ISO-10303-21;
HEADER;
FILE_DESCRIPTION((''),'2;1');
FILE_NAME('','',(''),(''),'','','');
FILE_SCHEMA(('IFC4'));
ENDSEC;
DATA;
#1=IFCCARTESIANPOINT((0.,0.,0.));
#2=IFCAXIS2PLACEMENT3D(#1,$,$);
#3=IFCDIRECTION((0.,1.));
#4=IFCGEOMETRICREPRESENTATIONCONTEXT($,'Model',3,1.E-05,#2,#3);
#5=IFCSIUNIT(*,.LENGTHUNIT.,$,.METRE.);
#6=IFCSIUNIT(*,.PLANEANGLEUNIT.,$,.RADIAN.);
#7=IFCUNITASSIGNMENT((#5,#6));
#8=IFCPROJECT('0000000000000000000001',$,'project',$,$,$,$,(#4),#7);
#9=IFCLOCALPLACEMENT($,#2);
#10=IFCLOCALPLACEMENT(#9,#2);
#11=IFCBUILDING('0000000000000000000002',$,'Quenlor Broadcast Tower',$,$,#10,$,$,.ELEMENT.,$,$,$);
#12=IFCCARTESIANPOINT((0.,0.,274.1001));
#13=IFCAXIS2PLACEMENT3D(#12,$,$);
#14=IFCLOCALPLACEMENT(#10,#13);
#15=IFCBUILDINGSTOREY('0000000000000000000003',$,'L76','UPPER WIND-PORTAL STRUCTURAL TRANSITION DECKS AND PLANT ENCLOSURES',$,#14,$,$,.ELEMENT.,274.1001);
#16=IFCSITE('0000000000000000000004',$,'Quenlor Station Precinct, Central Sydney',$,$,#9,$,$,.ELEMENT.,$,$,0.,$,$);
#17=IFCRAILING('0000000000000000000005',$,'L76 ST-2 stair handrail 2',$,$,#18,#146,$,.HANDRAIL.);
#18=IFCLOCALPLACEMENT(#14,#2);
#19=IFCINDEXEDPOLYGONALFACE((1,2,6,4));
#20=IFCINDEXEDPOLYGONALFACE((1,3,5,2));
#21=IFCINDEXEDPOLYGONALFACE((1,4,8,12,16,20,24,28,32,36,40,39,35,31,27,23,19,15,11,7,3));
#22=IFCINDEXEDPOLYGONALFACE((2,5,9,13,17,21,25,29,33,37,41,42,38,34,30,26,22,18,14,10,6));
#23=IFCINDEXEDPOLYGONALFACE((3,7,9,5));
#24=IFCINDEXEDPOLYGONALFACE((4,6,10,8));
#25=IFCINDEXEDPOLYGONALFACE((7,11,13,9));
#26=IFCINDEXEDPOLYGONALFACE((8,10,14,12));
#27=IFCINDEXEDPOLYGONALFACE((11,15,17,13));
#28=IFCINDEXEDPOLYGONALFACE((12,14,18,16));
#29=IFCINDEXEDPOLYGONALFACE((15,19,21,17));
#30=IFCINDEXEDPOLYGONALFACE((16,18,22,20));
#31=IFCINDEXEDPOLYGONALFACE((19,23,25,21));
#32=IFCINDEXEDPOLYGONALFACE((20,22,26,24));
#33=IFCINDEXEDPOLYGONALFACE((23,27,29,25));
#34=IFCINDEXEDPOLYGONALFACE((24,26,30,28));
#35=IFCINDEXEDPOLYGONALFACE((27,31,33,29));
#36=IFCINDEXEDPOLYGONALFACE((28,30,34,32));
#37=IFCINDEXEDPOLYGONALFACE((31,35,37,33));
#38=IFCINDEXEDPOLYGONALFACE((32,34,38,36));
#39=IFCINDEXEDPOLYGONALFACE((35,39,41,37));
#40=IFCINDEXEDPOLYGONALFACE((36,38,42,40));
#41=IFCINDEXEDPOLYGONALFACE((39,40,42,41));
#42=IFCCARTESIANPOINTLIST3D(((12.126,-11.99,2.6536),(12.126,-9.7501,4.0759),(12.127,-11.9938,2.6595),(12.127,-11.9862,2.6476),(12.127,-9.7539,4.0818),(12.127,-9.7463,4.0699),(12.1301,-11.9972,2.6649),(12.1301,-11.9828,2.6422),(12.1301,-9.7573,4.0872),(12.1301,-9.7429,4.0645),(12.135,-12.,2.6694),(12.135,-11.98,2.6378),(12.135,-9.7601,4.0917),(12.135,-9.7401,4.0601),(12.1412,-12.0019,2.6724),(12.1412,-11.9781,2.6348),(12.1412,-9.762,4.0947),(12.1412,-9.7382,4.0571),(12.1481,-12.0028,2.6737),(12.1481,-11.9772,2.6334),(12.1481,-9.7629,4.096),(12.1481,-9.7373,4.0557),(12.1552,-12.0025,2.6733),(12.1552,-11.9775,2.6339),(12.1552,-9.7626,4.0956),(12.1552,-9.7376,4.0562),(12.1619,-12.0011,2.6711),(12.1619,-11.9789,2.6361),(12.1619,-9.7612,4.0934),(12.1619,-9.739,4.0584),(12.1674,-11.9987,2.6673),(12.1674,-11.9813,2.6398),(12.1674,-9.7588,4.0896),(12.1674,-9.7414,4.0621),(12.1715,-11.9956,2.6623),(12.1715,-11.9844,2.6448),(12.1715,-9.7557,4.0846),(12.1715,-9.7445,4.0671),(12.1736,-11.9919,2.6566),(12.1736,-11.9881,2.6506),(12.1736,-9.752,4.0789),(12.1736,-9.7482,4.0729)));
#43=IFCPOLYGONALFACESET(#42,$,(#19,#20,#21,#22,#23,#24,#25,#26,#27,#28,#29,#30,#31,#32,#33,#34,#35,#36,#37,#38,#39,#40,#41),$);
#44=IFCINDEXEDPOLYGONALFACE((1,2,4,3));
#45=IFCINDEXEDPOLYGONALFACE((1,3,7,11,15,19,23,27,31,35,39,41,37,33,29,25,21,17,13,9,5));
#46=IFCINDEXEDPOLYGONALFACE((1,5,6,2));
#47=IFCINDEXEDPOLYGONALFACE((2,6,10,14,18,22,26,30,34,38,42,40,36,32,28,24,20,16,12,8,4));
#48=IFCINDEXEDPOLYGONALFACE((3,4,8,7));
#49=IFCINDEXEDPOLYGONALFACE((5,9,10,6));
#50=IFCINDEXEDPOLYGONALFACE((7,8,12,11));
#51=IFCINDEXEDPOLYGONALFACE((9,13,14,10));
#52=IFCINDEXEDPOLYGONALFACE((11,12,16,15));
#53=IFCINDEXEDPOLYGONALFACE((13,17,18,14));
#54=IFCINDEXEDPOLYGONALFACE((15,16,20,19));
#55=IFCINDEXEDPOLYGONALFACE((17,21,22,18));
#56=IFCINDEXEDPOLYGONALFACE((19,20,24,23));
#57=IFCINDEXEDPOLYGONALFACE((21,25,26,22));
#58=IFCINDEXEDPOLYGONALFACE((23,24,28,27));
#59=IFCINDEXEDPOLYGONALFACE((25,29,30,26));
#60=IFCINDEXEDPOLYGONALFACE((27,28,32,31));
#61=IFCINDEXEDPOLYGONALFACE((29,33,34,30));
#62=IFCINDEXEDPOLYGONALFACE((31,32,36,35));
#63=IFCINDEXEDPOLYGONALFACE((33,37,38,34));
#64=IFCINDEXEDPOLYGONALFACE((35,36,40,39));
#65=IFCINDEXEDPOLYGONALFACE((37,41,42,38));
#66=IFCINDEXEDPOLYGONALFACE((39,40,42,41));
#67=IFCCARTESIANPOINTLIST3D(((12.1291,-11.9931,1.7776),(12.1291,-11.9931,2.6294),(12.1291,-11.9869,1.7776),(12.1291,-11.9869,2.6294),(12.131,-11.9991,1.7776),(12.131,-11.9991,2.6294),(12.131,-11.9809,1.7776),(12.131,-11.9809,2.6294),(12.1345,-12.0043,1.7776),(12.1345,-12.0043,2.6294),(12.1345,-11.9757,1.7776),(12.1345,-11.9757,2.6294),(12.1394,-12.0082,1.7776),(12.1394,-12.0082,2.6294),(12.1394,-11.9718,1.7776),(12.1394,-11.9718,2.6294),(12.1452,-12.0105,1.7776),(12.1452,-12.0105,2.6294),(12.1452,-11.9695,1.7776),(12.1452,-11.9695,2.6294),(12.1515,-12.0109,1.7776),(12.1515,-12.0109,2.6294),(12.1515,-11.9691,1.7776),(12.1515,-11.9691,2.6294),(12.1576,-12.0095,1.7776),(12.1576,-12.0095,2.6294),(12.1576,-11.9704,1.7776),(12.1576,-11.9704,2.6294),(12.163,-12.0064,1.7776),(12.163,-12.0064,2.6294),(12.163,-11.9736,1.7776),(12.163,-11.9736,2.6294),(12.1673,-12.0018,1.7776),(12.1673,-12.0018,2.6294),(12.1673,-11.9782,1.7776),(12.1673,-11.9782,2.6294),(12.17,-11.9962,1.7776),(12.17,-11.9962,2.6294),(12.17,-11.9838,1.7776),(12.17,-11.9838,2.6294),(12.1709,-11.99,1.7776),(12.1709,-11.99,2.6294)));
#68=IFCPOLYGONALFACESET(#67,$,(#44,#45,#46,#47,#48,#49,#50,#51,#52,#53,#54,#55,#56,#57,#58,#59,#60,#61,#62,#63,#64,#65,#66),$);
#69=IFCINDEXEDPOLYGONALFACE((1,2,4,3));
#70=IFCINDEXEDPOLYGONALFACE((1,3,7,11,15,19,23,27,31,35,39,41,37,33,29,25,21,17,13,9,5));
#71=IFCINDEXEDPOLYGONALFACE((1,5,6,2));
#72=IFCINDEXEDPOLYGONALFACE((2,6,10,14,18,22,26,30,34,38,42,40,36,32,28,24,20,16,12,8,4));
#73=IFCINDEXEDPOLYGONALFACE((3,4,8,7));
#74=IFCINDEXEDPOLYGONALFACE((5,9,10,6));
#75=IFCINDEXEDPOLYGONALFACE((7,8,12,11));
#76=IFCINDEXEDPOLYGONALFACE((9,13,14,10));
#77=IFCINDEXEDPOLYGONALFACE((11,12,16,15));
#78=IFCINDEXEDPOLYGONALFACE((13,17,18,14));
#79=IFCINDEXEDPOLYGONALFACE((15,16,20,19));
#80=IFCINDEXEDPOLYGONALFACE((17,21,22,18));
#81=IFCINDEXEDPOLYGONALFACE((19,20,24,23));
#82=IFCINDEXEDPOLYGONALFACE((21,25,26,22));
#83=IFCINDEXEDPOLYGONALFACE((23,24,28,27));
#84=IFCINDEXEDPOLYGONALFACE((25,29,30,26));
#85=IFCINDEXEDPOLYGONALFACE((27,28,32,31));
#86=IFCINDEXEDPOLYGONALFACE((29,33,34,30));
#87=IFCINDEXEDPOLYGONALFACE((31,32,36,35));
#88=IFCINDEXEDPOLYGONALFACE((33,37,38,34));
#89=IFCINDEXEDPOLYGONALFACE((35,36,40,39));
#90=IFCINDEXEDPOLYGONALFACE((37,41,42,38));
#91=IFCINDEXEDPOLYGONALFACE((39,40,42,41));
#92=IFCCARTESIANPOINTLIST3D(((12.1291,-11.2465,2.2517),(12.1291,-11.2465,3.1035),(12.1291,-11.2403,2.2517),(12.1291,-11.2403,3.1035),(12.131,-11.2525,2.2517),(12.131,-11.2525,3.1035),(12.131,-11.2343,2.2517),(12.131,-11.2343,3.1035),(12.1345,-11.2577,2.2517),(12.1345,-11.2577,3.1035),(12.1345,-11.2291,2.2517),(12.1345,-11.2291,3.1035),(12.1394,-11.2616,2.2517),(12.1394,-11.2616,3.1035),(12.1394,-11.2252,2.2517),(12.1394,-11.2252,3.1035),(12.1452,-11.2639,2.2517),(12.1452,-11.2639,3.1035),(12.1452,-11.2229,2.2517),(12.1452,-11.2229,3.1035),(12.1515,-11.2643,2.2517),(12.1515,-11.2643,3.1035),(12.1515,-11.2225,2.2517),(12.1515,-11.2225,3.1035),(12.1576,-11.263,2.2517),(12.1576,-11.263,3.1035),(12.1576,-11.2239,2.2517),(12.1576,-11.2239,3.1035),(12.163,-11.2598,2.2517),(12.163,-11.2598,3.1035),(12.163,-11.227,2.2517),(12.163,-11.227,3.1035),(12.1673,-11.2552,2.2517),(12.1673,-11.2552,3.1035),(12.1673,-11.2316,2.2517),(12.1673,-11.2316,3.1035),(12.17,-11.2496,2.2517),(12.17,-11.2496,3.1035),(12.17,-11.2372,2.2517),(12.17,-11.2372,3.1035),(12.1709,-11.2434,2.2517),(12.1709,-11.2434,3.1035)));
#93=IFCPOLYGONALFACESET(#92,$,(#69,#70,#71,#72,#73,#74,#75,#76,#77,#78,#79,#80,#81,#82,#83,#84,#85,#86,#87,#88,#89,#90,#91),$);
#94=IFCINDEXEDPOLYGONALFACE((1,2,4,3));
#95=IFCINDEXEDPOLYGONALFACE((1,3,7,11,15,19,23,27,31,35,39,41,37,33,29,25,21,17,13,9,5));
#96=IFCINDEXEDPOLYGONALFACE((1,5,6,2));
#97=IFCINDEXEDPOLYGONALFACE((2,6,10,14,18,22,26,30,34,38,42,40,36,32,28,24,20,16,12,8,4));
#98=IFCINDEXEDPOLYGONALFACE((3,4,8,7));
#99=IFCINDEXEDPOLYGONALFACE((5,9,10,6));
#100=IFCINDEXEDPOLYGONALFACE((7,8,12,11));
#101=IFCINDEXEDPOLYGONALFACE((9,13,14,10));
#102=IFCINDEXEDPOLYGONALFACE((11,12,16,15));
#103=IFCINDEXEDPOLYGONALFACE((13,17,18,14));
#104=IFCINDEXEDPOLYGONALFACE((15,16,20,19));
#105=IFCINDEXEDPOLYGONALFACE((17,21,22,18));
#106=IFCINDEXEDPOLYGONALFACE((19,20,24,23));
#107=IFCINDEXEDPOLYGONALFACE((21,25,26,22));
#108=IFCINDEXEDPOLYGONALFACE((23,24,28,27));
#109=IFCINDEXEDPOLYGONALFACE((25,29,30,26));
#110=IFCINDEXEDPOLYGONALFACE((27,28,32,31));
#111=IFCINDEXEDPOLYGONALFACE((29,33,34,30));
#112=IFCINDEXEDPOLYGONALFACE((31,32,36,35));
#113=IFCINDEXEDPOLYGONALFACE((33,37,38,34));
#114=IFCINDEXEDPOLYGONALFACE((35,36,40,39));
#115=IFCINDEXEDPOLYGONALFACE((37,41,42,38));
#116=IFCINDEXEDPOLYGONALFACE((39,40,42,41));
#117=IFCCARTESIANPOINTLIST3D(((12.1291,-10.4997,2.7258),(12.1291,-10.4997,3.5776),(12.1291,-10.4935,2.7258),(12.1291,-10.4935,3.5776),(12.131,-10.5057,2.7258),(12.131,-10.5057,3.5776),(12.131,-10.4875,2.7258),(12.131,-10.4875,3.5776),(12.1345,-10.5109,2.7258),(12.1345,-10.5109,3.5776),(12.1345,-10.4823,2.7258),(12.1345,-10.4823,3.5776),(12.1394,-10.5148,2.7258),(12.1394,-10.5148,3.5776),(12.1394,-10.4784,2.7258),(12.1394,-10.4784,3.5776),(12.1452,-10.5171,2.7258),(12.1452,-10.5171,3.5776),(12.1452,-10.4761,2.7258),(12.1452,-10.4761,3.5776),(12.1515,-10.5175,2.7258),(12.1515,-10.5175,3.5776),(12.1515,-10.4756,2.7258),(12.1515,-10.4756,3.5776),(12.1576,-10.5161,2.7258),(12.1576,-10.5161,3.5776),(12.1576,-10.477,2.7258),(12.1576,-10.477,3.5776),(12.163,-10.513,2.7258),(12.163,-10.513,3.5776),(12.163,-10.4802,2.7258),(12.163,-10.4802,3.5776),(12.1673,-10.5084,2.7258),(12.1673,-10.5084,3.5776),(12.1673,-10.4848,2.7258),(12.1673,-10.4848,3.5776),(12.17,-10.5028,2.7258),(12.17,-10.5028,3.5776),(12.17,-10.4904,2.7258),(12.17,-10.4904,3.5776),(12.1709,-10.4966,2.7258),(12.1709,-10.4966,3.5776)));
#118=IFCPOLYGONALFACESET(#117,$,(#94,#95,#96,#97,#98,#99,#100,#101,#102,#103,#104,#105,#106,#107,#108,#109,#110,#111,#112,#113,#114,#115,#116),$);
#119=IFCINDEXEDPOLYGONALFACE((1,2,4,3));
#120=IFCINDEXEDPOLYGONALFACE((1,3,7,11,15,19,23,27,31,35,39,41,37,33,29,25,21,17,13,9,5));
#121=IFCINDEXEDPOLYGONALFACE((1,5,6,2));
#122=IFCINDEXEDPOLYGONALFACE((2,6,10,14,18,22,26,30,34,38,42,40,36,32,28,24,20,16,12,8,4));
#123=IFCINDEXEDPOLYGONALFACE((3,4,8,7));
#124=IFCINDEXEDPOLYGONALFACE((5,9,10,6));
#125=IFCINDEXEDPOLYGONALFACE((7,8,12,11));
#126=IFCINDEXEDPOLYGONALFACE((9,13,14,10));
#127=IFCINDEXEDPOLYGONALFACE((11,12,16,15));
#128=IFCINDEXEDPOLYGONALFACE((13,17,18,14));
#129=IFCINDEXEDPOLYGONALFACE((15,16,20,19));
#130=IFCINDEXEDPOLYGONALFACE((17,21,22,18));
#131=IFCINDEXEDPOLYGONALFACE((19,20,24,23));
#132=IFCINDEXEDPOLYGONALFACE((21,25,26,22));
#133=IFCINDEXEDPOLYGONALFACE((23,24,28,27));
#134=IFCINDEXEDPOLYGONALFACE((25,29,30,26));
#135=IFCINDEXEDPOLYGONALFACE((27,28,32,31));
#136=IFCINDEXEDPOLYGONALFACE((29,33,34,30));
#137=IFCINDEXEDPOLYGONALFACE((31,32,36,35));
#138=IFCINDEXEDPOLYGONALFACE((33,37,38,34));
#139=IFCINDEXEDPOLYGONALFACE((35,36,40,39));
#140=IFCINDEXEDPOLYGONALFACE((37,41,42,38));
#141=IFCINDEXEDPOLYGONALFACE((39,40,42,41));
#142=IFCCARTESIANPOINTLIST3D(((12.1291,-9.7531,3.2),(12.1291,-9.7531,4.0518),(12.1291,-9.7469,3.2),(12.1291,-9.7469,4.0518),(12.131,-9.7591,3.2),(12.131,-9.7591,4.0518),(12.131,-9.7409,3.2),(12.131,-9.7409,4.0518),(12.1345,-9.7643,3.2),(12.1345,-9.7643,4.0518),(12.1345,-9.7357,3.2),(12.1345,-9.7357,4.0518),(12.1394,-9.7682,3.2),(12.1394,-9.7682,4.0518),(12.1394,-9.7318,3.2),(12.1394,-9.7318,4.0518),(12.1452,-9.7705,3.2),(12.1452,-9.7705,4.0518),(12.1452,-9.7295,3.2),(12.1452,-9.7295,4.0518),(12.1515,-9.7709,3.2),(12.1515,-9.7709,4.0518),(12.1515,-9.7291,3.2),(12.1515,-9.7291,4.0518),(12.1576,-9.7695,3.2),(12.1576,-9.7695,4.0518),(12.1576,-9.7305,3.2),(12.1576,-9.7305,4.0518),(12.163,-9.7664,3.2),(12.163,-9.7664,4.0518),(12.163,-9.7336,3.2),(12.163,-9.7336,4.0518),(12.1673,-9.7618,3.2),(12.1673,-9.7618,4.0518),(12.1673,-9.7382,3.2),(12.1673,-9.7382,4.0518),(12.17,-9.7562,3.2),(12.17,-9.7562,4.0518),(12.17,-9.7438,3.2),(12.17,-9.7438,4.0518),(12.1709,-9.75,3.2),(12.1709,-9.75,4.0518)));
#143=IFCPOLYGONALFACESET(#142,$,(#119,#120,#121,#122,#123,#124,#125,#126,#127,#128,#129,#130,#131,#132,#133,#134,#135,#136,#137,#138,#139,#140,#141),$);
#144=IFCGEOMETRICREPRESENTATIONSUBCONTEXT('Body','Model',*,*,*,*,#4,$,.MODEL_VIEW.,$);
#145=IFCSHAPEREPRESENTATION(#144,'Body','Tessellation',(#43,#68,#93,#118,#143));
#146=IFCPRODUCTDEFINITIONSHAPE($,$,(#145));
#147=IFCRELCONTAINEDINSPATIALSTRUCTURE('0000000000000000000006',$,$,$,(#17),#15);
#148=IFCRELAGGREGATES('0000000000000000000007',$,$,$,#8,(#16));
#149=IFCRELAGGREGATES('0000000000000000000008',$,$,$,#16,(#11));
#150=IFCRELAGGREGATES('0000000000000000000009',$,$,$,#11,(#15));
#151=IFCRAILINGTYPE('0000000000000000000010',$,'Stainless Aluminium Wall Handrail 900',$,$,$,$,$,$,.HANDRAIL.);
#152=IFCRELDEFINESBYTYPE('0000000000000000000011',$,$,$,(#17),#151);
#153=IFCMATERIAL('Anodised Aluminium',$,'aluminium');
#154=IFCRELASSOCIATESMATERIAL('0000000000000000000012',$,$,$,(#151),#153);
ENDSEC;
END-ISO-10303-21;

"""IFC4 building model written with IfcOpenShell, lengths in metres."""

from ifc_helpers import new_model, si_unit, direction, frame, origin, origin_2d, place, context, subcontext, project, spatial, circle, extrude, material, type_object, element, save


model = new_model("IFC4")

# Units and contexts
model_context = context("Model", 3, precision=1e-05, world=origin(), true_north=direction((0.0, 1.0)))
body_context = subcontext(model_context, "Body", "Model", "MODEL_VIEW")
ifc_project = project(units=[si_unit("LENGTHUNIT", "METRE"), si_unit("PLANEANGLEUNIT", "RADIAN")], contexts=[model_context])

# Site, building, storey
site_placement = place(None, origin())
site = spatial("IfcSite", under=ifc_project, at=site_placement, Name="Quenlor Station Precinct, Central Sydney", CompositionType="ELEMENT", RefElevation=0.0)
building_placement = place(site_placement, origin())
building = spatial("IfcBuilding", under=site, at=building_placement, Name="Quenlor Broadcast Tower", CompositionType="ELEMENT")
storey_placement = place(building_placement, frame((0.0, 0.0, 274.1001)))
storey = spatial("IfcBuildingStorey", under=building, at=storey_placement, Name="L76", Description="UPPER WIND-PORTAL STRUCTURAL TRANSITION DECKS AND PLANT ENCLOSURES", CompositionType="ELEMENT", Elevation=274.1001)

# Railing
ifc_material_1 = material(Name="Anodised Aluminium", Category="aluminium")
railing_type_1 = type_object("IfcRailingType", Name="Stainless Aluminium Wall Handrail 900", PredefinedType="HANDRAIL", material=ifc_material_1)
railing_1_placement = place(storey_placement, frame((12.1499, -11.99, 1.7776)))
element("IfcRailing", 1, at=railing_1_placement, inside=storey, type_object=railing_type_1, Name="L76 ST-2 stair handrail 2", PredefinedType="HANDRAIL", context=body_context, shape_type="SweptSolid", body=[
    extrude(circle(Radius=0.0239, at=origin_2d()), frame((0.0, 0.0, 0.876), z_axis=(0.0, 0.844188, 0.536048), x_axis=(-1.0, 0.0, 0.0)), (0.0, 0.0, 1.0), 2.6533),
    extrude(circle(Radius=0.021, at=origin_2d()), origin(), (0.0, 0.0, 1.0), 0.8518),
    extrude(circle(Radius=0.021, at=origin_2d()), frame((0.0, 0.7466, 0.4741)), (0.0, 0.0, 1.0), 0.8518),
    extrude(circle(Radius=0.021, at=origin_2d()), frame((0.0, 1.4934, 0.9482)), (0.0, 0.0, 1.0), 0.8518),
    extrude(circle(Radius=0.021, at=origin_2d()), frame((0.0, 2.24, 1.4224)), (0.0, 0.0, 1.0), 0.8518),
])

save(model, "model.ifc")
